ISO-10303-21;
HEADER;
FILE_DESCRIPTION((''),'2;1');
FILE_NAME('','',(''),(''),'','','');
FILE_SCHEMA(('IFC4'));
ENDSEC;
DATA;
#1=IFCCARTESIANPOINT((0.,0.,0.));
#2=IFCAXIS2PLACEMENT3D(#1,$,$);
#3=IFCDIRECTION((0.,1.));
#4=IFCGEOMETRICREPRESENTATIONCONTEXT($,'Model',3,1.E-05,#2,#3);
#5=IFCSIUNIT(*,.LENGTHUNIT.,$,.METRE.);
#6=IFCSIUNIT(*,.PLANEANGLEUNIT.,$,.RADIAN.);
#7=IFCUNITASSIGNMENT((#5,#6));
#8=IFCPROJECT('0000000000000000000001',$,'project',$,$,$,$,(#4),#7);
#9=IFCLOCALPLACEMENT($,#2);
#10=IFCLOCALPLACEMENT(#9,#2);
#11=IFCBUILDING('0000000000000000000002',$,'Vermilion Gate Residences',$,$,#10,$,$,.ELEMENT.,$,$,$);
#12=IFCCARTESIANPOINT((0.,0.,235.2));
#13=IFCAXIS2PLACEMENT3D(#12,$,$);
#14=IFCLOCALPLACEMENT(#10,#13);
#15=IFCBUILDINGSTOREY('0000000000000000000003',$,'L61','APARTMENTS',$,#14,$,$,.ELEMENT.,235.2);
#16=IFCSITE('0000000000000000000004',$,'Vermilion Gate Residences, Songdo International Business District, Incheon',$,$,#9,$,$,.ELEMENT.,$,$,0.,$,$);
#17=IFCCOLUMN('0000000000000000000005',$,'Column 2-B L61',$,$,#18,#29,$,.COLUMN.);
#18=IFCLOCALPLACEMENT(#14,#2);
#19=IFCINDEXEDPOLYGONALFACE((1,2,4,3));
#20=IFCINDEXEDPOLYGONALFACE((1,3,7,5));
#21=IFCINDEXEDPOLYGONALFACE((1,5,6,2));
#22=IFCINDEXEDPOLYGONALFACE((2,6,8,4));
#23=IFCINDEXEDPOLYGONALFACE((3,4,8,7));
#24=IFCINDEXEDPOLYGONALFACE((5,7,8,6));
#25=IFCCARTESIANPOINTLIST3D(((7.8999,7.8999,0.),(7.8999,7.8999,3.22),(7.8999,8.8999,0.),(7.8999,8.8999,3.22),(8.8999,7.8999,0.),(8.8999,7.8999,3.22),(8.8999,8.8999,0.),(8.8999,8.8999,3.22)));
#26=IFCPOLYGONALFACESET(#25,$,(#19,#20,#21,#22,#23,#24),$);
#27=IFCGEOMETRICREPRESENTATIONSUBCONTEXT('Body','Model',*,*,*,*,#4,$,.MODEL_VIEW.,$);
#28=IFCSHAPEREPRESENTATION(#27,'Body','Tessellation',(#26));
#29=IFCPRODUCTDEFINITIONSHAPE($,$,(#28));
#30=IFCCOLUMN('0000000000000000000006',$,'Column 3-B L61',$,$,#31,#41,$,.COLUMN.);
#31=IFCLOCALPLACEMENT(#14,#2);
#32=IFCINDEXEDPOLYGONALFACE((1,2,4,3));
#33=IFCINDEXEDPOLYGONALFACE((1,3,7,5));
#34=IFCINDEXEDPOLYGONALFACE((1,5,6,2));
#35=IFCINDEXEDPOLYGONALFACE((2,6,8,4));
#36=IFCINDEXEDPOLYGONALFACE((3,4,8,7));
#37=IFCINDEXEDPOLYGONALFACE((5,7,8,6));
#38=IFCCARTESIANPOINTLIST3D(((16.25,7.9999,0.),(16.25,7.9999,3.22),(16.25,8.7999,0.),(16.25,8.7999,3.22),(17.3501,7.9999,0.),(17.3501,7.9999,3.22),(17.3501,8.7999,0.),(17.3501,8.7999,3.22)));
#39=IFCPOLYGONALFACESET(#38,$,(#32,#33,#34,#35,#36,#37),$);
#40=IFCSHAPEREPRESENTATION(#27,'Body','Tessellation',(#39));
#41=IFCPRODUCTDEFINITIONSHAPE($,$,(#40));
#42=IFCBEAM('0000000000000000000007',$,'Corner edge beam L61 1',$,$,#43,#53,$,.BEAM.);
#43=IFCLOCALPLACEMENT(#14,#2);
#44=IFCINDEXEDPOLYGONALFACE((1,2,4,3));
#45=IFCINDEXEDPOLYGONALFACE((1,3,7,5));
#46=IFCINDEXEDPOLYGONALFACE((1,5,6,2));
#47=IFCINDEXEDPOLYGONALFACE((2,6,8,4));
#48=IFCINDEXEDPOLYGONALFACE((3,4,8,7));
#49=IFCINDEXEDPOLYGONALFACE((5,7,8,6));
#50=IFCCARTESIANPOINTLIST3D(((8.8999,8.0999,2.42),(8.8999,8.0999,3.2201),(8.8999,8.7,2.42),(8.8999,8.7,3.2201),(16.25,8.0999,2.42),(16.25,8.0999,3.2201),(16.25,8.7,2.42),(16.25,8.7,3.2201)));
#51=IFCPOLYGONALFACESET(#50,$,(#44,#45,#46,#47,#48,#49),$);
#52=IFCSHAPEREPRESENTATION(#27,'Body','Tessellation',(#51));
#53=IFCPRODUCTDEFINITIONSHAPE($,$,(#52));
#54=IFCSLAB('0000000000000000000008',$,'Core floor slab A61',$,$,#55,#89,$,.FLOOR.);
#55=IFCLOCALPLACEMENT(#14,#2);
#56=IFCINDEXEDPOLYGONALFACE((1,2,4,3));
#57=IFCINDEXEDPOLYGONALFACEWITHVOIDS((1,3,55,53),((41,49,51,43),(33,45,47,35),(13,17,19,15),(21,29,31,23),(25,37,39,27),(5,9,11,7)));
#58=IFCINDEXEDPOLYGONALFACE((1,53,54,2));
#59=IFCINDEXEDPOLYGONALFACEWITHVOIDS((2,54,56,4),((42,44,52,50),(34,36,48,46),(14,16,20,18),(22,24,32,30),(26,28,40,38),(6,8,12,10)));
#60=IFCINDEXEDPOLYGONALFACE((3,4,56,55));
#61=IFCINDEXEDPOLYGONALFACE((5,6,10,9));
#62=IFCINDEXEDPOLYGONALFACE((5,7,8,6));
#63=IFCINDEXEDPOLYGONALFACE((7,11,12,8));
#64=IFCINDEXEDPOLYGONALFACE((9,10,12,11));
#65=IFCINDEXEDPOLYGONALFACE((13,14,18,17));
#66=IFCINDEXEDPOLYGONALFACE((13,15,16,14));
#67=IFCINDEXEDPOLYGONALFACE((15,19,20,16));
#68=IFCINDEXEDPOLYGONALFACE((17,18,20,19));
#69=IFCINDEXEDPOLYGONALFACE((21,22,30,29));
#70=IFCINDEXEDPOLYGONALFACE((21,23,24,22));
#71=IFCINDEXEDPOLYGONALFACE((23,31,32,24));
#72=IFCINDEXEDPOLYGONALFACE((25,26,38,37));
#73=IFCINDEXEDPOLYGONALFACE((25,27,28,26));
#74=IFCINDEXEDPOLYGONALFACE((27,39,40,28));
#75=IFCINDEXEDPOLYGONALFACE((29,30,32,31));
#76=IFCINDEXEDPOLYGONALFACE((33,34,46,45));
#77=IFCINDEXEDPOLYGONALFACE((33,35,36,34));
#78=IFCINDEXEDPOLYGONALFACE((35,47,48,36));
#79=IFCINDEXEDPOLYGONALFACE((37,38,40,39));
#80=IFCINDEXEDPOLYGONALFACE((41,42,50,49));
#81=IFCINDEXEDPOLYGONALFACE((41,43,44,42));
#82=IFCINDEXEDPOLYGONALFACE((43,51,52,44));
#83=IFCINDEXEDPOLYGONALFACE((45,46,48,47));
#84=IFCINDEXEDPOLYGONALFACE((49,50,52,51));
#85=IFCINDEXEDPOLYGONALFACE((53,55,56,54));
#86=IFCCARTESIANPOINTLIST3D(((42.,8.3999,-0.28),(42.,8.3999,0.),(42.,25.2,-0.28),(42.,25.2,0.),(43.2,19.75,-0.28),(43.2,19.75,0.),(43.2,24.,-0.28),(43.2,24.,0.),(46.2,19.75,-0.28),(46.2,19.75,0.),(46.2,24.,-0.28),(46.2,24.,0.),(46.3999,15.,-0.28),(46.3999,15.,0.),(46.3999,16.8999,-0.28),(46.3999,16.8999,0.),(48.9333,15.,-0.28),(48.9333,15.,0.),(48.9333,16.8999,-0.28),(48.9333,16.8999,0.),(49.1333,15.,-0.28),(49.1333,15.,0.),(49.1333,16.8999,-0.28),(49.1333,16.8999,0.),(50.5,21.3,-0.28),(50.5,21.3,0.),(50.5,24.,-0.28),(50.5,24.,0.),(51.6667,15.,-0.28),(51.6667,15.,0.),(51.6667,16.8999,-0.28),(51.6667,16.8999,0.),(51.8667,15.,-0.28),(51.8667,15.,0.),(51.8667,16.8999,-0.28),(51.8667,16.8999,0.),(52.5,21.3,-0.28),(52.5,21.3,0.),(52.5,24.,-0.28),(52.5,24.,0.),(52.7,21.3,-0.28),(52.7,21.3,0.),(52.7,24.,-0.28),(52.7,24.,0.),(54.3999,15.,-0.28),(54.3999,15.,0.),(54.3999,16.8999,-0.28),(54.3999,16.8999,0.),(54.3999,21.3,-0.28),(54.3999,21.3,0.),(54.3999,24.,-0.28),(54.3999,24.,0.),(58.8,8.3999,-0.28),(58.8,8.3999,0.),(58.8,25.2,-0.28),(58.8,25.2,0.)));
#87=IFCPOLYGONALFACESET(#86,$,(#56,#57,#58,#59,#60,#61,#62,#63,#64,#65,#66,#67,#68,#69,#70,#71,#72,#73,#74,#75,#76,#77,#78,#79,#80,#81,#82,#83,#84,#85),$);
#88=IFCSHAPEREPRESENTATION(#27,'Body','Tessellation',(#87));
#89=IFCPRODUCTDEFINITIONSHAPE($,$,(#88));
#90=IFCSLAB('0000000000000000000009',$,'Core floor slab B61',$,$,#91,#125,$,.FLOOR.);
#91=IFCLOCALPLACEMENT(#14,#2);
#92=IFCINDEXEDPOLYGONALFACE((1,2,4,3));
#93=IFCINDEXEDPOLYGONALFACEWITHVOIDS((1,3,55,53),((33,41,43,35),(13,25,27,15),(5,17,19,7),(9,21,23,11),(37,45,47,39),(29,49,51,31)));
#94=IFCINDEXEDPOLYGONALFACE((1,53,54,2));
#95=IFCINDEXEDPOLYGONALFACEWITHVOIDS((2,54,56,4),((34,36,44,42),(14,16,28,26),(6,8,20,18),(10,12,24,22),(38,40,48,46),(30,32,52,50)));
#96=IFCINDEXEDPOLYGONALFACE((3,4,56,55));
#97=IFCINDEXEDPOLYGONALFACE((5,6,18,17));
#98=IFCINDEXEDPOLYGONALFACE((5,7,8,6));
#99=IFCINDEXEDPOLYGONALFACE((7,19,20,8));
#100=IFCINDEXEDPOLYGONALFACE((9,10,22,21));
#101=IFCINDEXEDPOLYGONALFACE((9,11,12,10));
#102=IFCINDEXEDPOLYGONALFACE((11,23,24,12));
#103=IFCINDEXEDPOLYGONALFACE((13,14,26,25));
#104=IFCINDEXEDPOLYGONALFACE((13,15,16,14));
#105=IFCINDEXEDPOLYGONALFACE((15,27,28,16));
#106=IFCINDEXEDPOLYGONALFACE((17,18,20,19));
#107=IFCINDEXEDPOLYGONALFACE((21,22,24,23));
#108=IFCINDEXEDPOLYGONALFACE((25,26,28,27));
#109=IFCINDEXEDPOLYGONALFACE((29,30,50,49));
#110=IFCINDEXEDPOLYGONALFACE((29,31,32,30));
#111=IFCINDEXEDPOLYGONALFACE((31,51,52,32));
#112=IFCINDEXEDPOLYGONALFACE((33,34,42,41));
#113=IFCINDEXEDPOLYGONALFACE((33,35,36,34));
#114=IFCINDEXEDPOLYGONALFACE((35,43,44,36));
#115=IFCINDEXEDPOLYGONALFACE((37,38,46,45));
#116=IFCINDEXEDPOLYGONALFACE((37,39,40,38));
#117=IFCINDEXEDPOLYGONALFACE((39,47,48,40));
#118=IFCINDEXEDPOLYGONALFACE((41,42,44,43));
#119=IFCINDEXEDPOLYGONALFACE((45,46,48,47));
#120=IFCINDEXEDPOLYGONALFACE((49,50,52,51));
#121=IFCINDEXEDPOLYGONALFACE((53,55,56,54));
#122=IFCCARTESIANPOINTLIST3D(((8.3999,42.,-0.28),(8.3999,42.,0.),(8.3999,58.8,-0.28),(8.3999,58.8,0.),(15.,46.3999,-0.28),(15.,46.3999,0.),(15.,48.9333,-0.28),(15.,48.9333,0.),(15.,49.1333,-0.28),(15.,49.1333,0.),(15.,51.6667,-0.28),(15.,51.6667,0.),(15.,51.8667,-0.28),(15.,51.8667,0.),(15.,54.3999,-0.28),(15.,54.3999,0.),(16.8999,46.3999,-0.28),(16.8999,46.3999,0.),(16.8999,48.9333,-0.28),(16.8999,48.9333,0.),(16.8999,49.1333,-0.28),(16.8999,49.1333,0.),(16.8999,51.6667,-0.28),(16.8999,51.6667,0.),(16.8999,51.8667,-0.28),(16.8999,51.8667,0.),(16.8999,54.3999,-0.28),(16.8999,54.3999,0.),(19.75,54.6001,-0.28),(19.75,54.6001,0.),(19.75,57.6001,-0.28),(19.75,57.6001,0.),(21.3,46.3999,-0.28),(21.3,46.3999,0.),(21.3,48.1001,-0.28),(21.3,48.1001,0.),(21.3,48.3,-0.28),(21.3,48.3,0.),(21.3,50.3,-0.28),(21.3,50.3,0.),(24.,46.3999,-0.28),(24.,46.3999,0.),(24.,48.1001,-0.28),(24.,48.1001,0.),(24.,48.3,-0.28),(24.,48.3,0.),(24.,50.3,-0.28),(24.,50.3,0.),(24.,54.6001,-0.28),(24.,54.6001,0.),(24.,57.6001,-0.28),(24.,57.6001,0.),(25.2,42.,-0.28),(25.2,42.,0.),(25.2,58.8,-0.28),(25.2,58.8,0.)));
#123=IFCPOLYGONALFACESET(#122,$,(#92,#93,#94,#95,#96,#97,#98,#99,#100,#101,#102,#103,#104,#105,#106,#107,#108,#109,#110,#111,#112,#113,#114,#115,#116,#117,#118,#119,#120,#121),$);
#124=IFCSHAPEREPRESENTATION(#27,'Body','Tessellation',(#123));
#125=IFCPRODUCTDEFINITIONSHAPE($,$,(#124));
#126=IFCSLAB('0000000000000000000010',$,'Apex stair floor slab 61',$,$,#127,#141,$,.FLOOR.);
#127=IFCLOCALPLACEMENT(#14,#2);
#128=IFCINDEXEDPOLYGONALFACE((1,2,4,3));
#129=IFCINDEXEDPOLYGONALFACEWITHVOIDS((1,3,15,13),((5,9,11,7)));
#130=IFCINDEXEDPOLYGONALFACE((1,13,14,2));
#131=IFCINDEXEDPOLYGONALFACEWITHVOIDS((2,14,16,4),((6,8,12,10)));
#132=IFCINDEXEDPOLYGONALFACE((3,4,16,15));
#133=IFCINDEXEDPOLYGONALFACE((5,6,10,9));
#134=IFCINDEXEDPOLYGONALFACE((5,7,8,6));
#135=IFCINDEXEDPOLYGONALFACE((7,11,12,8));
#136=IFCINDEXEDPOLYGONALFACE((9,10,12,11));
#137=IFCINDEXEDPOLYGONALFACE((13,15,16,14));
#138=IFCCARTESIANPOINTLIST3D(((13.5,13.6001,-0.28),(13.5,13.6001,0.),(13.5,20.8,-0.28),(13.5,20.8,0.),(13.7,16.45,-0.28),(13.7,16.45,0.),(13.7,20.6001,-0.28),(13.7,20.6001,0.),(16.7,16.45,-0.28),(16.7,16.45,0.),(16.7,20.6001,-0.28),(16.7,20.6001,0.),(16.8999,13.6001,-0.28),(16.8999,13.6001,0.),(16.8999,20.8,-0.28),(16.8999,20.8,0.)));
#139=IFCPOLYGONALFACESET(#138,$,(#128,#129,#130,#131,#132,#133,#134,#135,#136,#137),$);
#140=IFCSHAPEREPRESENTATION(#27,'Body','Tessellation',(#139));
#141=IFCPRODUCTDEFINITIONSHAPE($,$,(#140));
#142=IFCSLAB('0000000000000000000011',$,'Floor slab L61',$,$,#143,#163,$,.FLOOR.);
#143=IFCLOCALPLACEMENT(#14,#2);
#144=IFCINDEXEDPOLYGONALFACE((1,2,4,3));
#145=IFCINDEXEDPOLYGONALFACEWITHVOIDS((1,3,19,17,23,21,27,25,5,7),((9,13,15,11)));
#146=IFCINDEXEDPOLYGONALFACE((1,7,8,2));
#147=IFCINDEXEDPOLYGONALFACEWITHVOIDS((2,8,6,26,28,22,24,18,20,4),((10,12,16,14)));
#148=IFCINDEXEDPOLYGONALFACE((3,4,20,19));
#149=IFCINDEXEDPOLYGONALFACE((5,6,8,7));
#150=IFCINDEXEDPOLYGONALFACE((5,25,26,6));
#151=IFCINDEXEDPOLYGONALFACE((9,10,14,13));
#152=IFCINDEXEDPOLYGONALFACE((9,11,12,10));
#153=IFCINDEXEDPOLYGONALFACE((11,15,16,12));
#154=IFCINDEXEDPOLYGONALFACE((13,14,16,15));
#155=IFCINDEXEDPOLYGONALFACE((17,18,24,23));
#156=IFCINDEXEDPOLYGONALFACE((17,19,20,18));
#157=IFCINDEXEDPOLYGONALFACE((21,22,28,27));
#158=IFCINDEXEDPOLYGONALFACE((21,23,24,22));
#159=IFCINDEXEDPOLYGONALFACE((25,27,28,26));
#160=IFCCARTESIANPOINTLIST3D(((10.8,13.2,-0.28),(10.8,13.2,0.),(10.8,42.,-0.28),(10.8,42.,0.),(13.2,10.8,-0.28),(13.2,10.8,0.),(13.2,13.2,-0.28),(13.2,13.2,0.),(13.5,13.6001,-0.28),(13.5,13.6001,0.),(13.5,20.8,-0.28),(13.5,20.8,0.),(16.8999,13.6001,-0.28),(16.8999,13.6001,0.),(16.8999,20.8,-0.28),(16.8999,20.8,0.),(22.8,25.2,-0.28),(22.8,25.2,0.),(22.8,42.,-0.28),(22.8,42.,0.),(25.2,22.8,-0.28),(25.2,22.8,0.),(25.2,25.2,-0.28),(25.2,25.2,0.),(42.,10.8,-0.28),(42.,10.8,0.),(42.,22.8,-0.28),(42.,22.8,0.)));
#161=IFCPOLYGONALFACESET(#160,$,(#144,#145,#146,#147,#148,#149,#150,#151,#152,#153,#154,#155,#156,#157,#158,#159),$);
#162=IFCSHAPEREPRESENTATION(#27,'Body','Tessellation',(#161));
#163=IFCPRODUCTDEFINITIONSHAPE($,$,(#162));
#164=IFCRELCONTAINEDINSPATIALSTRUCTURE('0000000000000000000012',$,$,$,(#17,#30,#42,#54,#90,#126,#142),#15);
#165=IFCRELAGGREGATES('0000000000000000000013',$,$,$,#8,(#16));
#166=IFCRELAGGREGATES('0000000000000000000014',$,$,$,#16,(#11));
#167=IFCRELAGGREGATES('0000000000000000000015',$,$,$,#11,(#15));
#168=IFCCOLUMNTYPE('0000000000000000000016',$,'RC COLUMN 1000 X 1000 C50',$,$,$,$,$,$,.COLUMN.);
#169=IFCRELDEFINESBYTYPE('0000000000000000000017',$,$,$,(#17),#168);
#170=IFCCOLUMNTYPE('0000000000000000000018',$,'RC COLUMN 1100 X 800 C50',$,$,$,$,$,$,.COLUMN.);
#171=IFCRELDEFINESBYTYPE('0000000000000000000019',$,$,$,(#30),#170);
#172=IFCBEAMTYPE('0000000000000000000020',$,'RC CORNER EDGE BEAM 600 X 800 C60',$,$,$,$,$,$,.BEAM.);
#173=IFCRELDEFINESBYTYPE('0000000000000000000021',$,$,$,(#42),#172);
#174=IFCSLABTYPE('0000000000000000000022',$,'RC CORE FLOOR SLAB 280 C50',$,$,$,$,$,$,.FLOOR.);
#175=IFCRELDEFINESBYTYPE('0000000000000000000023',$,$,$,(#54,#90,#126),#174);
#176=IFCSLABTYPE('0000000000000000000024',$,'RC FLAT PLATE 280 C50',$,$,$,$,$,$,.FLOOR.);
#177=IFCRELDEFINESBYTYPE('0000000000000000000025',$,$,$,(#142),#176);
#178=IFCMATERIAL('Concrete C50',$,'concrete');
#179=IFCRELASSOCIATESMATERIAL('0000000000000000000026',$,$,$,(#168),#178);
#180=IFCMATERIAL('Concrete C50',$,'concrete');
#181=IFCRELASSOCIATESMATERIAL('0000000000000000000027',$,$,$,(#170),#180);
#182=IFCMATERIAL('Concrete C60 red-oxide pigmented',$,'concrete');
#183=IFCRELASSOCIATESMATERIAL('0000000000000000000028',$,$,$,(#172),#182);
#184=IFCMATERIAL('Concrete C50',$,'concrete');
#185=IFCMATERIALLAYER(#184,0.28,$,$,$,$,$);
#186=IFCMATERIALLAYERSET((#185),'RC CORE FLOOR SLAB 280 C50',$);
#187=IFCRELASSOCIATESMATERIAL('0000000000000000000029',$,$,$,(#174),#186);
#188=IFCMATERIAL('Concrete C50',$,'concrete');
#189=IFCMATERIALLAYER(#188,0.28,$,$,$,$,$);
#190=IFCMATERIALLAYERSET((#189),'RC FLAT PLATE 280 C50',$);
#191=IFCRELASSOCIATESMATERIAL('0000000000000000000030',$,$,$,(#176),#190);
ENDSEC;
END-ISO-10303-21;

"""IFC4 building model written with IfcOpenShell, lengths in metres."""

from ifc_helpers import new_model, si_unit, direction, frame, origin, origin_2d, place, context, subcontext, project, spatial, polyline, rectangle, outline, extrude, material, layer, layer_set, material_profile, profile_set, type_object, element, save


model = new_model("IFC4")

# Units and contexts
model_context = context("Model", 3, precision=1e-05, world=origin(), true_north=direction((0.0, 1.0)))
body_context = subcontext(model_context, "Body", "Model", "MODEL_VIEW")
ifc_project = project(units=[si_unit("LENGTHUNIT", "METRE"), si_unit("PLANEANGLEUNIT", "RADIAN")], contexts=[model_context])

# Site, building, storey
site_placement = place(None, origin())
site = spatial("IfcSite", under=ifc_project, at=site_placement, Name="Vermilion Gate Residences, Songdo International Business District, Incheon", CompositionType="ELEMENT", RefElevation=0.0)
building_placement = place(site_placement, origin())
building = spatial("IfcBuilding", under=site, at=building_placement, Name="Vermilion Gate Residences", CompositionType="ELEMENT")
storey_placement = place(building_placement, frame((0.0, 0.0, 235.2)))
storey = spatial("IfcBuildingStorey", under=building, at=storey_placement, Name="L61", Description="APARTMENTS", CompositionType="ELEMENT", Elevation=235.2)

# Columns
ifc_material_1 = material(Name="Concrete C50", Category="concrete")
ifc_material_profile_1 = material_profile(ifc_material_1, rectangle(XDim=1.0, YDim=1.0, at=origin_2d()), Name="RC-1000x1000")
ifc_profile_set_1 = profile_set([ifc_material_profile_1], Name="Concrete C50")
column_type_1 = type_object("IfcColumnType", Name="RC COLUMN 1000 X 1000 C50", PredefinedType="COLUMN", material=ifc_profile_set_1)
column_1_placement = place(storey_placement, frame((8.3999, 8.3999, 0.0), z_axis=(0.0, 0.0, 1.0), x_axis=(1.0, 0.0, 0.0)))
element("IfcColumn", 1, at=column_1_placement, inside=storey, type_object=column_type_1, Name="Column 2-B L61", PredefinedType="COLUMN", context=body_context, shape_type="SweptSolid", body=[
    extrude(rectangle(XDim=1.0, YDim=1.0, at=origin_2d()), origin(), (0.0, 0.0, 1.0), 3.22),
])
ifc_material_2 = material(Name="Concrete C50", Category="concrete")
ifc_material_profile_2 = material_profile(ifc_material_2, rectangle(XDim=1.1001, YDim=0.8, at=origin_2d()), Name="RC-1100x800")
ifc_profile_set_2 = profile_set([ifc_material_profile_2], Name="Concrete C50")
column_type_2 = type_object("IfcColumnType", Name="RC COLUMN 1100 X 800 C50", PredefinedType="COLUMN", material=ifc_profile_set_2)
column_2_placement = place(storey_placement, frame((16.8, 8.3999, 0.0), z_axis=(0.0, 0.0, 1.0), x_axis=(1.0, 0.0, 0.0)))
element("IfcColumn", 2, at=column_2_placement, inside=storey, type_object=column_type_2, Name="Column 3-B L61", PredefinedType="COLUMN", context=body_context, shape_type="SweptSolid", body=[
    extrude(rectangle(XDim=1.1001, YDim=0.8, at=origin_2d()), origin(), (0.0, 0.0, 1.0), 3.22),
])

# Beam
ifc_material_3 = material(Name="Concrete C60 red-oxide pigmented", Category="concrete")
ifc_material_profile_3 = material_profile(ifc_material_3, rectangle(XDim=0.6001, YDim=0.8, at=origin_2d()), Name="RC-600x800")
ifc_profile_set_3 = profile_set([ifc_material_profile_3], Name="Concrete C60 red-oxide pigmented")
beam_type = type_object("IfcBeamType", Name="RC CORNER EDGE BEAM 600 X 800 C60", PredefinedType="BEAM", material=ifc_profile_set_3)
beam_placement = place(storey_placement, frame((8.8999, 8.3999, 2.8201), z_axis=(1.0, 0.0, 0.0), x_axis=(0.0, 1.0, 0.0)))
element("IfcBeam", 3, at=beam_placement, inside=storey, type_object=beam_type, Name="Corner edge beam L61 1", PredefinedType="BEAM", context=body_context, shape_type="SweptSolid", body=[
    extrude(rectangle(XDim=0.6001, YDim=0.8, at=origin_2d()), origin(), (0.0, 0.0, 1.0), 7.3501),
])

# Slabs
ifc_material_4 = material(Name="Concrete C50", Category="concrete")
ifc_layer_1 = layer(ifc_material_4, 0.28)
ifc_layer_set_1 = layer_set([ifc_layer_1], Name="RC CORE FLOOR SLAB 280 C50")
slab_type_1 = type_object("IfcSlabType", Name="RC CORE FLOOR SLAB 280 C50", PredefinedType="FLOOR", material=ifc_layer_set_1)
slab_1_placement = place(storey_placement, frame((0.0, 0.0, -0.28)))
element("IfcSlab", 4, at=slab_1_placement, inside=storey, type_object=slab_type_1, Name="Core floor slab A61", PredefinedType="FLOOR", context=body_context, shape_type="SweptSolid", body=[
    extrude(outline(polyline([(42.0, 8.3999), (58.8, 8.3999), (58.8, 25.2), (42.0, 25.2), (42.0, 8.3999)]), holes=[polyline([(46.3999, 15.0), (46.3999, 16.8999), (48.9333, 16.8999), (48.9333, 15.0), (46.3999, 15.0)]), polyline([(49.1333, 16.8999), (51.6667, 16.8999), (51.6667, 15.0), (49.1333, 15.0), (49.1333, 16.8999)]), polyline([(51.8667, 16.8999), (54.3999, 16.8999), (54.3999, 15.0), (51.8667, 15.0), (51.8667, 16.8999)]), polyline([(43.2, 19.75), (43.2, 24.0), (46.2, 24.0), (46.2, 19.75), (43.2, 19.75)]), polyline([(50.5, 24.0), (52.5, 24.0), (52.5, 21.3), (50.5, 21.3), (50.5, 24.0)]), polyline([(52.7, 24.0), (54.3999, 24.0), (54.3999, 21.3), (52.7, 21.3), (52.7, 24.0)])]), origin(), (0.0, 0.0, 1.0), 0.28),
])
slab_2_placement = place(storey_placement, frame((0.0, 0.0, -0.28)))
element("IfcSlab", 5, at=slab_2_placement, inside=storey, type_object=slab_type_1, Name="Core floor slab B61", PredefinedType="FLOOR", context=body_context, shape_type="SweptSolid", body=[
    extrude(outline(polyline([(8.3999, 42.0), (25.2, 42.0), (25.2, 58.8), (8.3999, 58.8), (8.3999, 42.0)]), holes=[polyline([(21.3, 46.3999), (21.3, 48.1001), (24.0, 48.1001), (24.0, 46.3999), (21.3, 46.3999)]), polyline([(15.0, 48.9333), (16.8999, 48.9333), (16.8999, 46.3999), (15.0, 46.3999), (15.0, 48.9333)]), polyline([(21.3, 50.3), (24.0, 50.3), (24.0, 48.3), (21.3, 48.3), (21.3, 50.3)]), polyline([(15.0, 49.1333), (15.0, 51.6667), (16.8999, 51.6667), (16.8999, 49.1333), (15.0, 49.1333)]), polyline([(15.0, 54.3999), (16.8999, 54.3999), (16.8999, 51.8667), (15.0, 51.8667), (15.0, 54.3999)]), polyline([(19.75, 57.6001), (24.0, 57.6001), (24.0, 54.6001), (19.75, 54.6001), (19.75, 57.6001)])]), origin(), (0.0, 0.0, 1.0), 0.28),
])
slab_3_placement = place(storey_placement, frame((0.0, 0.0, -0.28)))
element("IfcSlab", 6, at=slab_3_placement, inside=storey, type_object=slab_type_1, Name="Apex stair floor slab 61", PredefinedType="FLOOR", context=body_context, shape_type="SweptSolid", body=[
    extrude(outline(polyline([(13.5, 13.6001), (16.8999, 13.6001), (16.8999, 20.8), (13.5, 20.8), (13.5, 13.6001)]), holes=[polyline([(16.7, 20.6001), (16.7, 16.45), (13.7, 16.45), (13.7, 20.6001), (16.7, 20.6001)])]), origin(), (0.0, 0.0, 1.0), 0.28),
])
ifc_material_5 = material(Name="Concrete C50", Category="concrete")
ifc_layer_2 = layer(ifc_material_5, 0.28)
ifc_layer_set_2 = layer_set([ifc_layer_2], Name="RC FLAT PLATE 280 C50")
slab_type_2 = type_object("IfcSlabType", Name="RC FLAT PLATE 280 C50", PredefinedType="FLOOR", material=ifc_layer_set_2)
slab_4_placement = place(storey_placement, frame((0.0, 0.0, -0.28)))
element("IfcSlab", 7, at=slab_4_placement, inside=storey, type_object=slab_type_2, Name="Floor slab L61", PredefinedType="FLOOR", context=body_context, shape_type="SweptSolid", body=[
    extrude(outline(polyline([(22.8, 25.2), (22.8, 42.0), (10.8, 42.0), (10.8, 13.2), (13.2, 13.2), (13.2, 10.8), (42.0, 10.8), (42.0, 22.8), (25.2, 22.8), (25.2, 25.2), (22.8, 25.2)]), holes=[polyline([(13.5, 13.6001), (13.5, 20.8), (16.8999, 20.8), (16.8999, 13.6001), (13.5, 13.6001)])]), origin(), (0.0, 0.0, 1.0), 0.28),
])

save(model, "model.ifc")
